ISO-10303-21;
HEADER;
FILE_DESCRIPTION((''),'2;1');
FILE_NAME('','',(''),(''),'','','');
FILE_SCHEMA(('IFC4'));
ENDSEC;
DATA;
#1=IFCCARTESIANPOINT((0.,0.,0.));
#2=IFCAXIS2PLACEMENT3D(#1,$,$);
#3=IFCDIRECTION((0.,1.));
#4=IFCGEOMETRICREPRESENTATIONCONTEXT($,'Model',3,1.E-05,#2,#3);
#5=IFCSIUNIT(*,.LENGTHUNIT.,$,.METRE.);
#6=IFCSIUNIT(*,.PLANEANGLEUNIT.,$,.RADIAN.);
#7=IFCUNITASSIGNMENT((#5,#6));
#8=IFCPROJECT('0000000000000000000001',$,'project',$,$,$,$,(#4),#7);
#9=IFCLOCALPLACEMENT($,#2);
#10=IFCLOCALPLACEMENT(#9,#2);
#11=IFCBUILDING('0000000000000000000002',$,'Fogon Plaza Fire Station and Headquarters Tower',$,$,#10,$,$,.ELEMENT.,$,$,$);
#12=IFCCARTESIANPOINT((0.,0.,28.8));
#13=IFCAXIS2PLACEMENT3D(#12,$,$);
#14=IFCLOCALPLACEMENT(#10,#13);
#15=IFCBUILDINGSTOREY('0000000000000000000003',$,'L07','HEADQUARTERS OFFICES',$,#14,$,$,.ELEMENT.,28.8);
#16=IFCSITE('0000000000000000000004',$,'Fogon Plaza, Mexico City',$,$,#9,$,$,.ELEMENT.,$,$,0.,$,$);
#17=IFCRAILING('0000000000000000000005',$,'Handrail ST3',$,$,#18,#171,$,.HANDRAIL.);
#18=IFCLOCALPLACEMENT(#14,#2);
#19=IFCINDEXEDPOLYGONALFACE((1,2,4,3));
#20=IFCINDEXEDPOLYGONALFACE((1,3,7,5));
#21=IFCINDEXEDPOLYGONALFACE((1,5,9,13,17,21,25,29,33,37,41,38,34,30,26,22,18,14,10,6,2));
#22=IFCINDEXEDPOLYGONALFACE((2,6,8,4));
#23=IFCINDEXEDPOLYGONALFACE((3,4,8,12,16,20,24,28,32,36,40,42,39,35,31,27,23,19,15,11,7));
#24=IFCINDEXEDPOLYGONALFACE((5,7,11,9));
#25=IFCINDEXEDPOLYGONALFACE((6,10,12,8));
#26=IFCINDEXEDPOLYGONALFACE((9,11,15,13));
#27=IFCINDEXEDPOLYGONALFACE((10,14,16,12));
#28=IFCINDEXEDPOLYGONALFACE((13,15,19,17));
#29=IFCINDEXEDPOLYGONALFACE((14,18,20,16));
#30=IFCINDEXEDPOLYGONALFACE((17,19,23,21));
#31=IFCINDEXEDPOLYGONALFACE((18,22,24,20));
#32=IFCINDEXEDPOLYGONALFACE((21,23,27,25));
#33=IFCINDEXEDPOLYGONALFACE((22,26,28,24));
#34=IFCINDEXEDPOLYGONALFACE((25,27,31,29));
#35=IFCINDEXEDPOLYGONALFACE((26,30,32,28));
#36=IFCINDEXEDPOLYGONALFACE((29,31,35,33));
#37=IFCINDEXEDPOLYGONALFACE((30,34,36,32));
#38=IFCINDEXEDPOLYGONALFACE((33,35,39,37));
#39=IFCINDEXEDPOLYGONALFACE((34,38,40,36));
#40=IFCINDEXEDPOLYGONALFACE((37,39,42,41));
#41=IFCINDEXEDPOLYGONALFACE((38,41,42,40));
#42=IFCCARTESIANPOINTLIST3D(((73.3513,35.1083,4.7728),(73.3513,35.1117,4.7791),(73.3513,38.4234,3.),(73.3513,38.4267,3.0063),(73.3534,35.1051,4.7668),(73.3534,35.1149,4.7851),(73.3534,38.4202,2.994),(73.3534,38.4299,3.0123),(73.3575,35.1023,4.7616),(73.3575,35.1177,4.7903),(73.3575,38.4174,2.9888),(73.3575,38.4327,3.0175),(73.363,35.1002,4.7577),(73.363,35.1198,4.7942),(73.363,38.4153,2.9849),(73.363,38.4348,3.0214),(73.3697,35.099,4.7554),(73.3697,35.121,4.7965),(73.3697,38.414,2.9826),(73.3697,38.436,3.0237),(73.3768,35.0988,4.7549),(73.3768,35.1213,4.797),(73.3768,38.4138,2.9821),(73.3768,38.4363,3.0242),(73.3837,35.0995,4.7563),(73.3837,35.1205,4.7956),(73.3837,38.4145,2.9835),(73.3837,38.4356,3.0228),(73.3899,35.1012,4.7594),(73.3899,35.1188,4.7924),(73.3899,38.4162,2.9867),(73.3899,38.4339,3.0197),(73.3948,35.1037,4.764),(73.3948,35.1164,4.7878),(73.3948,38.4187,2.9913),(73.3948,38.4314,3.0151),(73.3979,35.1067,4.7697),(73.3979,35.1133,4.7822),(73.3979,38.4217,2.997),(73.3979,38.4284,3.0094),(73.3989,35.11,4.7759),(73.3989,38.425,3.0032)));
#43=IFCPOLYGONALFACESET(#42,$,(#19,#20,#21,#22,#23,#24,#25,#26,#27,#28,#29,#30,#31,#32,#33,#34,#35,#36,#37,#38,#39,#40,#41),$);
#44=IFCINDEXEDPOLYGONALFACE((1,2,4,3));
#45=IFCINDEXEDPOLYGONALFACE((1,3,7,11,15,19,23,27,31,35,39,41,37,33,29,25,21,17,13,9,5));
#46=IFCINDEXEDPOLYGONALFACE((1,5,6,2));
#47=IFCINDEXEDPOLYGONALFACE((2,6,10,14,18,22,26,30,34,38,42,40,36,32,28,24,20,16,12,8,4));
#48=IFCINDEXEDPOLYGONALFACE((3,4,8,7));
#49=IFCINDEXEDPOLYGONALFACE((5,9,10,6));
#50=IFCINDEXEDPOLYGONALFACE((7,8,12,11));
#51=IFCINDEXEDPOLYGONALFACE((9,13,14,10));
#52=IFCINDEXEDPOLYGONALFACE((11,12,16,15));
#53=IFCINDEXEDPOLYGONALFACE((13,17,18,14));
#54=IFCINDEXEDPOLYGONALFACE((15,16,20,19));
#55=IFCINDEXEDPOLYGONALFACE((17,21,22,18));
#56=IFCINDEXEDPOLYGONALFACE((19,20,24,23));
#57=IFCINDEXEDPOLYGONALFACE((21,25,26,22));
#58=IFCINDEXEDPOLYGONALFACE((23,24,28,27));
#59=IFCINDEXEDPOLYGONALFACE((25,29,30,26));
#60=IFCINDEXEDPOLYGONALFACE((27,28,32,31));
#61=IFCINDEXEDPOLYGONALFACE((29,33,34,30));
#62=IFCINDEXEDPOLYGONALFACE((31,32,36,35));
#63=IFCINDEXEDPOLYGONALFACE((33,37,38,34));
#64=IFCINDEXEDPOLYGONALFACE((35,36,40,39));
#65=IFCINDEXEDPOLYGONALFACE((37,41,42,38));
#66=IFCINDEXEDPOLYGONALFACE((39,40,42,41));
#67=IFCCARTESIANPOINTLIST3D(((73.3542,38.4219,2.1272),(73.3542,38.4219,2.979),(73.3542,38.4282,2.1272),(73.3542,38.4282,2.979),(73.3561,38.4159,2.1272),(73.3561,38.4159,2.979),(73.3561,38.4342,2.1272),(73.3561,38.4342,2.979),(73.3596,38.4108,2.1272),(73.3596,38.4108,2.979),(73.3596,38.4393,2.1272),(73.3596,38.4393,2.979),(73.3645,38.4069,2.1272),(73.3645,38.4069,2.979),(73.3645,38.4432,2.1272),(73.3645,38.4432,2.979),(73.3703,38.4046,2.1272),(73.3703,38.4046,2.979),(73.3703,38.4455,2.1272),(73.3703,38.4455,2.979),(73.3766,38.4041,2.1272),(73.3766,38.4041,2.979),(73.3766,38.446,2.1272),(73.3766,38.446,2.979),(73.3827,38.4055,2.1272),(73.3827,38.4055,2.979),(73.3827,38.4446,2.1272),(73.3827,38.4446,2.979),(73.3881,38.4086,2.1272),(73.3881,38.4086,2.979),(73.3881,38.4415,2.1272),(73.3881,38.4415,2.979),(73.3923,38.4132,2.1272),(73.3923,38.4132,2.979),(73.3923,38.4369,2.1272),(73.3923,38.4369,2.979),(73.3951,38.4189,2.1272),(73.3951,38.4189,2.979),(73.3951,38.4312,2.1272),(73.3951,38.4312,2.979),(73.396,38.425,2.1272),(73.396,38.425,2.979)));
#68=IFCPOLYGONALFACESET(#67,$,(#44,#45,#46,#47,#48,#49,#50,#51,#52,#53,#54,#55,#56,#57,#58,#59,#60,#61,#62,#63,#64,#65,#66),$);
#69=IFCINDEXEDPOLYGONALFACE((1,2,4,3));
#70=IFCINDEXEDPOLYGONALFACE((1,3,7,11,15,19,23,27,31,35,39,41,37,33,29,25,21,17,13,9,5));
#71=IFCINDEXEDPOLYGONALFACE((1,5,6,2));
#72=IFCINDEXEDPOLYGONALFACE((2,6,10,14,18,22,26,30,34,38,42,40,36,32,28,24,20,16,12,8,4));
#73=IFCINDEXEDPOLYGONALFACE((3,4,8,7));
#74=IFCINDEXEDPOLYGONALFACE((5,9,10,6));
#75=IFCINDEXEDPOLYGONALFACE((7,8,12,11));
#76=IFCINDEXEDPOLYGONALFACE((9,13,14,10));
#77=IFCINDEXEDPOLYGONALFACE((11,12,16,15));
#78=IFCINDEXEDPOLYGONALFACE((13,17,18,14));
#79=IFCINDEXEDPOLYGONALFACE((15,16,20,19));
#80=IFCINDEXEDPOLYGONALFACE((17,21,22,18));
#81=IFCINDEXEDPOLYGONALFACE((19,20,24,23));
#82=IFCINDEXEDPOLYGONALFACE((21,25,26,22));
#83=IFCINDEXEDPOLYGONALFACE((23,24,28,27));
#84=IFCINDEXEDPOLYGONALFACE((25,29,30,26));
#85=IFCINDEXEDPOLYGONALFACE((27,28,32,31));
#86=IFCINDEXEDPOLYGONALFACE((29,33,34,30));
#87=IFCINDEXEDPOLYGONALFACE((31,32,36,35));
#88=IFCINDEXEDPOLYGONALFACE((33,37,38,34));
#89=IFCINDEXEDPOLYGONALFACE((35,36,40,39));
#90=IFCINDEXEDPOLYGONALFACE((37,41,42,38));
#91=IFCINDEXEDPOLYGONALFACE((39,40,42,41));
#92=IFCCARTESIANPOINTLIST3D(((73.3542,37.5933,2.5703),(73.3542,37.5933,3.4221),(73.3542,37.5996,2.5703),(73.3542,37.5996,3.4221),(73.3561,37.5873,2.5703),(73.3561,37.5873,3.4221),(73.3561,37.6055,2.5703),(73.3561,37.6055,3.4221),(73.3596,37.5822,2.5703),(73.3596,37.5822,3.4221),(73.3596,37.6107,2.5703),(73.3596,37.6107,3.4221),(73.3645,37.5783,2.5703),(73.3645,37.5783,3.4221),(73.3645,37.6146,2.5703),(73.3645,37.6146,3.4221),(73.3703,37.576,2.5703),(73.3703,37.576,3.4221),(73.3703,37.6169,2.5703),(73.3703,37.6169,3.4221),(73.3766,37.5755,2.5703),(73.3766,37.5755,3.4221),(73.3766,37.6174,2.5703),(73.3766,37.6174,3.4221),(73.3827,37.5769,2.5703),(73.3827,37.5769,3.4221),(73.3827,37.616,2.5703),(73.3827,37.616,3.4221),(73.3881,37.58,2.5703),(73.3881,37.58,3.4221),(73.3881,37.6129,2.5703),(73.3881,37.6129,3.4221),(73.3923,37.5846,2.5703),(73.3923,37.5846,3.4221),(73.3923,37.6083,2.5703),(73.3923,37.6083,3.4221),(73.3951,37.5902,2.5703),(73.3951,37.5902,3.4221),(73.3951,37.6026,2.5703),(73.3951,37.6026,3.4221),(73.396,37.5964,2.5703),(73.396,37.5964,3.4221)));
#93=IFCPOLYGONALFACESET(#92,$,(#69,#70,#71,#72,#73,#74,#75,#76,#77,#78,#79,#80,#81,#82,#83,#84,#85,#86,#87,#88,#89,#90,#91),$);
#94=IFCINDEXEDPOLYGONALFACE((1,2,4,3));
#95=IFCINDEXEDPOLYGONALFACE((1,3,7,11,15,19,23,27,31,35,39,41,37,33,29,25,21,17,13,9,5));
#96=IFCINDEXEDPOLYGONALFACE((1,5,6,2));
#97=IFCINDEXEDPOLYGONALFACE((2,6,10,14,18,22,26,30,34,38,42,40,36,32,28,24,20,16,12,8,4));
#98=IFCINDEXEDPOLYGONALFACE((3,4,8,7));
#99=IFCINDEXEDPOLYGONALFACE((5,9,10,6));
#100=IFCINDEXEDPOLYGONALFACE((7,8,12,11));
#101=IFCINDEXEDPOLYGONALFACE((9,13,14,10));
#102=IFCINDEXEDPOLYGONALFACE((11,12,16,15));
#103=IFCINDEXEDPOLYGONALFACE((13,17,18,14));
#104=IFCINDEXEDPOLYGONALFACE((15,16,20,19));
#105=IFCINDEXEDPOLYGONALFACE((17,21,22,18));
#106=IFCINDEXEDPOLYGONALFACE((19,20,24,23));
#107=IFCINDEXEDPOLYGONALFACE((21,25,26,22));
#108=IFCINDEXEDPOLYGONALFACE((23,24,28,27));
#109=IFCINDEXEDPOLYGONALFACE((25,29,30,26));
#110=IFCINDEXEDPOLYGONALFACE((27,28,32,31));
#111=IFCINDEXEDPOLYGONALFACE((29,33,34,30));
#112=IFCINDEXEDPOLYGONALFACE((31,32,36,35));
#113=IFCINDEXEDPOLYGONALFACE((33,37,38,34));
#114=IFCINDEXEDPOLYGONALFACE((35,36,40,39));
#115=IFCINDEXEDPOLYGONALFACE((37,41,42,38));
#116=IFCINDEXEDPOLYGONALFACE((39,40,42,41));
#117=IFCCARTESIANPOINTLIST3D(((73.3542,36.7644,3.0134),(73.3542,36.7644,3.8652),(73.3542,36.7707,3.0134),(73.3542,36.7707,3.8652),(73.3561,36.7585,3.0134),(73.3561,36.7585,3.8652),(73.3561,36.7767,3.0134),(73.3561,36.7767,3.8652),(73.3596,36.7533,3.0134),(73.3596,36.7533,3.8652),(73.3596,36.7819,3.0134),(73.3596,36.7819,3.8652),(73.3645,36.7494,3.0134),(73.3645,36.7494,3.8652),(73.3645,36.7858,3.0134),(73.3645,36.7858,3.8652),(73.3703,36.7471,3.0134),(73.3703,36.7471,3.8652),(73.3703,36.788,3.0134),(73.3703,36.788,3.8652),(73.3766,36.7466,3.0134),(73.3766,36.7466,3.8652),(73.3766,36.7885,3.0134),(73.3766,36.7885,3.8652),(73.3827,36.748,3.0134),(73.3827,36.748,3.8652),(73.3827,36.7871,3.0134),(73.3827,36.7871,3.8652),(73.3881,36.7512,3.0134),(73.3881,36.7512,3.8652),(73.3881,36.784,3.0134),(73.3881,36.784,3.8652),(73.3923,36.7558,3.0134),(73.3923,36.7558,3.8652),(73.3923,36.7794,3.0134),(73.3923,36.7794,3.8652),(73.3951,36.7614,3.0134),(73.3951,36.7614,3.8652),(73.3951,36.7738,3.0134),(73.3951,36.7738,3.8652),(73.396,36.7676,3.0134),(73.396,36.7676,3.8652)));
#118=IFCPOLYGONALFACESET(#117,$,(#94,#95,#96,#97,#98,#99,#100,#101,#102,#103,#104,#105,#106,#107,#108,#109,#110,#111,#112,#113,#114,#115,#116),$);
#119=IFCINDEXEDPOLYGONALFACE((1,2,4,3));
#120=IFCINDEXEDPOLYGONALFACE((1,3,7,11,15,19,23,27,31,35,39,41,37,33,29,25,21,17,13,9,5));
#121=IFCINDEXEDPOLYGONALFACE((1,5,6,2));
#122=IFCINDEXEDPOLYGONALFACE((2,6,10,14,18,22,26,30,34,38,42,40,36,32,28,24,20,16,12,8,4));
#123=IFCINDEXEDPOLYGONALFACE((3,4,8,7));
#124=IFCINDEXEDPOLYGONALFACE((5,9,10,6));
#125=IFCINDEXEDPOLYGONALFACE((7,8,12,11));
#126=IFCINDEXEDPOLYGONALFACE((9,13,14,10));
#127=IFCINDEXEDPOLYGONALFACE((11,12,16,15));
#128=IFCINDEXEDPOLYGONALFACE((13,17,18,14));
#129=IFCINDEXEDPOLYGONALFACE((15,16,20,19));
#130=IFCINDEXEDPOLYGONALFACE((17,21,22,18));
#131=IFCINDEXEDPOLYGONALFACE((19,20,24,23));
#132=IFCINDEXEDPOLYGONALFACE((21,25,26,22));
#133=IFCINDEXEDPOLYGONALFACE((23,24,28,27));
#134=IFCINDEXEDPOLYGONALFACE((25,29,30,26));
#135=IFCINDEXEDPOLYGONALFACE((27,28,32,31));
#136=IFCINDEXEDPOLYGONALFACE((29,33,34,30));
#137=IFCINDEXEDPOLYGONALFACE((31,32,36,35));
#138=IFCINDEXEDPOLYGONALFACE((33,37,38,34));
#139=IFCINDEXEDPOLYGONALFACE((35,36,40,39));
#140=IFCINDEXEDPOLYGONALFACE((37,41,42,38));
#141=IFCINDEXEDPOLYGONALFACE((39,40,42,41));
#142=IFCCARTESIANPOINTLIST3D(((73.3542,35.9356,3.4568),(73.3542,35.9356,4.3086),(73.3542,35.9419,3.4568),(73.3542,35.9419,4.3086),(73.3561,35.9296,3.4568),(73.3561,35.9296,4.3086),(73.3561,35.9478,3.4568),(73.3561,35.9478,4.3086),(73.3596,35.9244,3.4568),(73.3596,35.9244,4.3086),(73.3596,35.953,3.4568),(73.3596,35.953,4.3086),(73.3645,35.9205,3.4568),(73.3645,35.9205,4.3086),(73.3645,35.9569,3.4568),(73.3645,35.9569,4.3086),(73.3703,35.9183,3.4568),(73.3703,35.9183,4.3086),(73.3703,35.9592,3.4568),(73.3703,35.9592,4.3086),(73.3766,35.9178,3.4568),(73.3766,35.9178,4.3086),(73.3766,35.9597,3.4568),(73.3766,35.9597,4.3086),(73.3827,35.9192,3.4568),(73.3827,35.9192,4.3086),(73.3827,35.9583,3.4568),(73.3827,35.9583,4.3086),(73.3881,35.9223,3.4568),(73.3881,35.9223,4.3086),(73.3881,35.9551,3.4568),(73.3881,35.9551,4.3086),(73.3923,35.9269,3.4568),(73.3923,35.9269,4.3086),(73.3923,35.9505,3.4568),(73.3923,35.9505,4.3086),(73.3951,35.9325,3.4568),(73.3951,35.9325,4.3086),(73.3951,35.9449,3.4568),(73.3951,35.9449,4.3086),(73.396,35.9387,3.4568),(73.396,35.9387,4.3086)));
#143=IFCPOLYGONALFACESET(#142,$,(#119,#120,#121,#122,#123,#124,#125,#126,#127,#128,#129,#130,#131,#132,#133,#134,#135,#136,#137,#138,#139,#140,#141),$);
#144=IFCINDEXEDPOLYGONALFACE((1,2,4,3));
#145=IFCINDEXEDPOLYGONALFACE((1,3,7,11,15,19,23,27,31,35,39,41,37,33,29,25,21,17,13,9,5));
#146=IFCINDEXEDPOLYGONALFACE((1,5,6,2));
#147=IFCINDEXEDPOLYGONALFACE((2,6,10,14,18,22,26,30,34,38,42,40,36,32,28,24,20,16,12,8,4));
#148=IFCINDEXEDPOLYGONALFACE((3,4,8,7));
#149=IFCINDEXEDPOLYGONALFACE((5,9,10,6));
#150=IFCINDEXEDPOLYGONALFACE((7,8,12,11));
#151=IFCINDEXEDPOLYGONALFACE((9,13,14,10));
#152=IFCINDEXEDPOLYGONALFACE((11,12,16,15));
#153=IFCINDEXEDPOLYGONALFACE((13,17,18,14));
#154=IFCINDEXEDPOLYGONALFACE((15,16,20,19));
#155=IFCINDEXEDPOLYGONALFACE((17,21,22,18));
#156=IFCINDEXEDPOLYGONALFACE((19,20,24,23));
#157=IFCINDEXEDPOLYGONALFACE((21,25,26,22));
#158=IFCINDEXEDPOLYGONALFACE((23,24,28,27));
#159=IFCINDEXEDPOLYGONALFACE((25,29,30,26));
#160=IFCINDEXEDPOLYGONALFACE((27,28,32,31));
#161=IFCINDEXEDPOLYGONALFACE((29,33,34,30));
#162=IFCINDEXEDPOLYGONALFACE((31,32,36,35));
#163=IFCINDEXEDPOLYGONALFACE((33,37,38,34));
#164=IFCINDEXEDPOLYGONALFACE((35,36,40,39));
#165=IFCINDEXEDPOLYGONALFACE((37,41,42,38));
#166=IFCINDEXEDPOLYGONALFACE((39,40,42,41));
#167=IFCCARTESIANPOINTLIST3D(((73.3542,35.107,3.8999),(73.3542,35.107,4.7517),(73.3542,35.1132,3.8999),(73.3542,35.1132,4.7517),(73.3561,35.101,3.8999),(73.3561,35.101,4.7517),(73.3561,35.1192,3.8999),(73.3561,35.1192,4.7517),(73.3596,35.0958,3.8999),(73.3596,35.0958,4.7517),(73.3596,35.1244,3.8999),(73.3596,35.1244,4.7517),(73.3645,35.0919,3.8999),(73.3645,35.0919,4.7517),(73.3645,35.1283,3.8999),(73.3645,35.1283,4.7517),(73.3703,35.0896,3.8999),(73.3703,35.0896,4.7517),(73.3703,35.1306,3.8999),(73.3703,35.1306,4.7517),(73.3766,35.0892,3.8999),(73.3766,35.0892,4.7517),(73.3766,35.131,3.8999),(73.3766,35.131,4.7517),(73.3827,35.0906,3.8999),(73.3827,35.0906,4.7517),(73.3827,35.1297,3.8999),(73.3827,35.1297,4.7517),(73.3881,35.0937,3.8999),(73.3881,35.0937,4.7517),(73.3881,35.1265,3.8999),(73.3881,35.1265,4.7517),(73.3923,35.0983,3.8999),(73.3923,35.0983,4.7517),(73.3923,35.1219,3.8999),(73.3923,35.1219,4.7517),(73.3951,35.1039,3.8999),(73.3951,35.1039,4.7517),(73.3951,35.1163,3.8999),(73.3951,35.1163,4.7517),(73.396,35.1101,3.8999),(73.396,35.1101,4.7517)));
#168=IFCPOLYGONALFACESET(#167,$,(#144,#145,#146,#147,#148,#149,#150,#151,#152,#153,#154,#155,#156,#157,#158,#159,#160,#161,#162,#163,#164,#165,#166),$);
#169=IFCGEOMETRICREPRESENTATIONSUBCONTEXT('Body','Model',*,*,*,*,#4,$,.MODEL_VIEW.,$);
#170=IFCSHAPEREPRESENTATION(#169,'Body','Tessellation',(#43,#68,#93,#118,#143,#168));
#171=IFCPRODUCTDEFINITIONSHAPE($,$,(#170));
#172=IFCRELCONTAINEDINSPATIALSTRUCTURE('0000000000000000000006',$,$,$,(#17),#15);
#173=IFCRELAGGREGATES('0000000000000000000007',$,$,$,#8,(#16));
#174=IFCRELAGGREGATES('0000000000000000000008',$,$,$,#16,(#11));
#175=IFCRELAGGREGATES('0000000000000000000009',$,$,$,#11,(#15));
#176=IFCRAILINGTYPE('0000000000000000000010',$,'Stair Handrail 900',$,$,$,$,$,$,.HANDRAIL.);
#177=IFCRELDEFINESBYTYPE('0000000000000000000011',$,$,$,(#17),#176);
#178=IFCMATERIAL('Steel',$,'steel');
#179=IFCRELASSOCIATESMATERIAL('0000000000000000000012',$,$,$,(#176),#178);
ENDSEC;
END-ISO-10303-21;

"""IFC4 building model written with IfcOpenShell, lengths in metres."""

from ifc_helpers import new_model, si_unit, direction, frame, origin, origin_2d, place, context, subcontext, project, spatial, circle, extrude, material, type_object, element, save


model = new_model("IFC4")

# Units and contexts
model_context = context("Model", 3, precision=1e-05, world=origin(), true_north=direction((0.0, 1.0)))
body_context = subcontext(model_context, "Body", "Model", "MODEL_VIEW")
ifc_project = project(units=[si_unit("LENGTHUNIT", "METRE"), si_unit("PLANEANGLEUNIT", "RADIAN")], contexts=[model_context])

# Site, building, storey
site_placement = place(None, origin())
site = spatial("IfcSite", under=ifc_project, at=site_placement, Name="Fogon Plaza, Mexico City", CompositionType="ELEMENT", RefElevation=0.0)
building_placement = place(site_placement, origin())
building = spatial("IfcBuilding", under=site, at=building_placement, Name="Fogon Plaza Fire Station and Headquarters Tower", CompositionType="ELEMENT")
storey_placement = place(building_placement, frame((0.0, 0.0, 28.8)))
storey = spatial("IfcBuildingStorey", under=building, at=storey_placement, Name="L07", Description="HEADQUARTERS OFFICES", CompositionType="ELEMENT", Elevation=28.8)

# Railing
ifc_material_1 = material(Name="Steel", Category="steel")
railing_type = type_object("IfcRailingType", Name="Stair Handrail 900", PredefinedType="HANDRAIL", material=ifc_material_1)
for number, where, name in (
    (1, (73.375, 38.425, 2.1272), "Handrail ST3"),
):
    element("IfcRailing", number, at=place(storey_placement, frame(where)), inside=storey, type_object=railing_type, Name=name, PredefinedType="HANDRAIL", context=body_context, shape_type="SweptSolid", body=[
        extrude(circle(Radius=0.0239, at=origin_2d()), frame((0.0, 0.0, 0.876), z_axis=(0.0, -0.881829, 0.471569), x_axis=(1.0, 0.0, 0.0)), (0.0, 0.0, 1.0), 3.7593),
        extrude(circle(Radius=0.021, at=origin_2d()), origin(), (0.0, 0.0, 1.0), 0.8518),
        extrude(circle(Radius=0.021, at=origin_2d()), frame((0.0, -0.8286, 0.4431)), (0.0, 0.0, 1.0), 0.8518),
        extrude(circle(Radius=0.021, at=origin_2d()), frame((0.0, -1.6575, 0.8862)), (0.0, 0.0, 1.0), 0.8518),
        extrude(circle(Radius=0.021, at=origin_2d()), frame((0.0, -2.4863, 1.3296)), (0.0, 0.0, 1.0), 0.8518),
        extrude(circle(Radius=0.021, at=origin_2d()), frame((0.0, -3.3149, 1.7727)), (0.0, 0.0, 1.0), 0.8518),
    ])

save(model, "model.ifc")
